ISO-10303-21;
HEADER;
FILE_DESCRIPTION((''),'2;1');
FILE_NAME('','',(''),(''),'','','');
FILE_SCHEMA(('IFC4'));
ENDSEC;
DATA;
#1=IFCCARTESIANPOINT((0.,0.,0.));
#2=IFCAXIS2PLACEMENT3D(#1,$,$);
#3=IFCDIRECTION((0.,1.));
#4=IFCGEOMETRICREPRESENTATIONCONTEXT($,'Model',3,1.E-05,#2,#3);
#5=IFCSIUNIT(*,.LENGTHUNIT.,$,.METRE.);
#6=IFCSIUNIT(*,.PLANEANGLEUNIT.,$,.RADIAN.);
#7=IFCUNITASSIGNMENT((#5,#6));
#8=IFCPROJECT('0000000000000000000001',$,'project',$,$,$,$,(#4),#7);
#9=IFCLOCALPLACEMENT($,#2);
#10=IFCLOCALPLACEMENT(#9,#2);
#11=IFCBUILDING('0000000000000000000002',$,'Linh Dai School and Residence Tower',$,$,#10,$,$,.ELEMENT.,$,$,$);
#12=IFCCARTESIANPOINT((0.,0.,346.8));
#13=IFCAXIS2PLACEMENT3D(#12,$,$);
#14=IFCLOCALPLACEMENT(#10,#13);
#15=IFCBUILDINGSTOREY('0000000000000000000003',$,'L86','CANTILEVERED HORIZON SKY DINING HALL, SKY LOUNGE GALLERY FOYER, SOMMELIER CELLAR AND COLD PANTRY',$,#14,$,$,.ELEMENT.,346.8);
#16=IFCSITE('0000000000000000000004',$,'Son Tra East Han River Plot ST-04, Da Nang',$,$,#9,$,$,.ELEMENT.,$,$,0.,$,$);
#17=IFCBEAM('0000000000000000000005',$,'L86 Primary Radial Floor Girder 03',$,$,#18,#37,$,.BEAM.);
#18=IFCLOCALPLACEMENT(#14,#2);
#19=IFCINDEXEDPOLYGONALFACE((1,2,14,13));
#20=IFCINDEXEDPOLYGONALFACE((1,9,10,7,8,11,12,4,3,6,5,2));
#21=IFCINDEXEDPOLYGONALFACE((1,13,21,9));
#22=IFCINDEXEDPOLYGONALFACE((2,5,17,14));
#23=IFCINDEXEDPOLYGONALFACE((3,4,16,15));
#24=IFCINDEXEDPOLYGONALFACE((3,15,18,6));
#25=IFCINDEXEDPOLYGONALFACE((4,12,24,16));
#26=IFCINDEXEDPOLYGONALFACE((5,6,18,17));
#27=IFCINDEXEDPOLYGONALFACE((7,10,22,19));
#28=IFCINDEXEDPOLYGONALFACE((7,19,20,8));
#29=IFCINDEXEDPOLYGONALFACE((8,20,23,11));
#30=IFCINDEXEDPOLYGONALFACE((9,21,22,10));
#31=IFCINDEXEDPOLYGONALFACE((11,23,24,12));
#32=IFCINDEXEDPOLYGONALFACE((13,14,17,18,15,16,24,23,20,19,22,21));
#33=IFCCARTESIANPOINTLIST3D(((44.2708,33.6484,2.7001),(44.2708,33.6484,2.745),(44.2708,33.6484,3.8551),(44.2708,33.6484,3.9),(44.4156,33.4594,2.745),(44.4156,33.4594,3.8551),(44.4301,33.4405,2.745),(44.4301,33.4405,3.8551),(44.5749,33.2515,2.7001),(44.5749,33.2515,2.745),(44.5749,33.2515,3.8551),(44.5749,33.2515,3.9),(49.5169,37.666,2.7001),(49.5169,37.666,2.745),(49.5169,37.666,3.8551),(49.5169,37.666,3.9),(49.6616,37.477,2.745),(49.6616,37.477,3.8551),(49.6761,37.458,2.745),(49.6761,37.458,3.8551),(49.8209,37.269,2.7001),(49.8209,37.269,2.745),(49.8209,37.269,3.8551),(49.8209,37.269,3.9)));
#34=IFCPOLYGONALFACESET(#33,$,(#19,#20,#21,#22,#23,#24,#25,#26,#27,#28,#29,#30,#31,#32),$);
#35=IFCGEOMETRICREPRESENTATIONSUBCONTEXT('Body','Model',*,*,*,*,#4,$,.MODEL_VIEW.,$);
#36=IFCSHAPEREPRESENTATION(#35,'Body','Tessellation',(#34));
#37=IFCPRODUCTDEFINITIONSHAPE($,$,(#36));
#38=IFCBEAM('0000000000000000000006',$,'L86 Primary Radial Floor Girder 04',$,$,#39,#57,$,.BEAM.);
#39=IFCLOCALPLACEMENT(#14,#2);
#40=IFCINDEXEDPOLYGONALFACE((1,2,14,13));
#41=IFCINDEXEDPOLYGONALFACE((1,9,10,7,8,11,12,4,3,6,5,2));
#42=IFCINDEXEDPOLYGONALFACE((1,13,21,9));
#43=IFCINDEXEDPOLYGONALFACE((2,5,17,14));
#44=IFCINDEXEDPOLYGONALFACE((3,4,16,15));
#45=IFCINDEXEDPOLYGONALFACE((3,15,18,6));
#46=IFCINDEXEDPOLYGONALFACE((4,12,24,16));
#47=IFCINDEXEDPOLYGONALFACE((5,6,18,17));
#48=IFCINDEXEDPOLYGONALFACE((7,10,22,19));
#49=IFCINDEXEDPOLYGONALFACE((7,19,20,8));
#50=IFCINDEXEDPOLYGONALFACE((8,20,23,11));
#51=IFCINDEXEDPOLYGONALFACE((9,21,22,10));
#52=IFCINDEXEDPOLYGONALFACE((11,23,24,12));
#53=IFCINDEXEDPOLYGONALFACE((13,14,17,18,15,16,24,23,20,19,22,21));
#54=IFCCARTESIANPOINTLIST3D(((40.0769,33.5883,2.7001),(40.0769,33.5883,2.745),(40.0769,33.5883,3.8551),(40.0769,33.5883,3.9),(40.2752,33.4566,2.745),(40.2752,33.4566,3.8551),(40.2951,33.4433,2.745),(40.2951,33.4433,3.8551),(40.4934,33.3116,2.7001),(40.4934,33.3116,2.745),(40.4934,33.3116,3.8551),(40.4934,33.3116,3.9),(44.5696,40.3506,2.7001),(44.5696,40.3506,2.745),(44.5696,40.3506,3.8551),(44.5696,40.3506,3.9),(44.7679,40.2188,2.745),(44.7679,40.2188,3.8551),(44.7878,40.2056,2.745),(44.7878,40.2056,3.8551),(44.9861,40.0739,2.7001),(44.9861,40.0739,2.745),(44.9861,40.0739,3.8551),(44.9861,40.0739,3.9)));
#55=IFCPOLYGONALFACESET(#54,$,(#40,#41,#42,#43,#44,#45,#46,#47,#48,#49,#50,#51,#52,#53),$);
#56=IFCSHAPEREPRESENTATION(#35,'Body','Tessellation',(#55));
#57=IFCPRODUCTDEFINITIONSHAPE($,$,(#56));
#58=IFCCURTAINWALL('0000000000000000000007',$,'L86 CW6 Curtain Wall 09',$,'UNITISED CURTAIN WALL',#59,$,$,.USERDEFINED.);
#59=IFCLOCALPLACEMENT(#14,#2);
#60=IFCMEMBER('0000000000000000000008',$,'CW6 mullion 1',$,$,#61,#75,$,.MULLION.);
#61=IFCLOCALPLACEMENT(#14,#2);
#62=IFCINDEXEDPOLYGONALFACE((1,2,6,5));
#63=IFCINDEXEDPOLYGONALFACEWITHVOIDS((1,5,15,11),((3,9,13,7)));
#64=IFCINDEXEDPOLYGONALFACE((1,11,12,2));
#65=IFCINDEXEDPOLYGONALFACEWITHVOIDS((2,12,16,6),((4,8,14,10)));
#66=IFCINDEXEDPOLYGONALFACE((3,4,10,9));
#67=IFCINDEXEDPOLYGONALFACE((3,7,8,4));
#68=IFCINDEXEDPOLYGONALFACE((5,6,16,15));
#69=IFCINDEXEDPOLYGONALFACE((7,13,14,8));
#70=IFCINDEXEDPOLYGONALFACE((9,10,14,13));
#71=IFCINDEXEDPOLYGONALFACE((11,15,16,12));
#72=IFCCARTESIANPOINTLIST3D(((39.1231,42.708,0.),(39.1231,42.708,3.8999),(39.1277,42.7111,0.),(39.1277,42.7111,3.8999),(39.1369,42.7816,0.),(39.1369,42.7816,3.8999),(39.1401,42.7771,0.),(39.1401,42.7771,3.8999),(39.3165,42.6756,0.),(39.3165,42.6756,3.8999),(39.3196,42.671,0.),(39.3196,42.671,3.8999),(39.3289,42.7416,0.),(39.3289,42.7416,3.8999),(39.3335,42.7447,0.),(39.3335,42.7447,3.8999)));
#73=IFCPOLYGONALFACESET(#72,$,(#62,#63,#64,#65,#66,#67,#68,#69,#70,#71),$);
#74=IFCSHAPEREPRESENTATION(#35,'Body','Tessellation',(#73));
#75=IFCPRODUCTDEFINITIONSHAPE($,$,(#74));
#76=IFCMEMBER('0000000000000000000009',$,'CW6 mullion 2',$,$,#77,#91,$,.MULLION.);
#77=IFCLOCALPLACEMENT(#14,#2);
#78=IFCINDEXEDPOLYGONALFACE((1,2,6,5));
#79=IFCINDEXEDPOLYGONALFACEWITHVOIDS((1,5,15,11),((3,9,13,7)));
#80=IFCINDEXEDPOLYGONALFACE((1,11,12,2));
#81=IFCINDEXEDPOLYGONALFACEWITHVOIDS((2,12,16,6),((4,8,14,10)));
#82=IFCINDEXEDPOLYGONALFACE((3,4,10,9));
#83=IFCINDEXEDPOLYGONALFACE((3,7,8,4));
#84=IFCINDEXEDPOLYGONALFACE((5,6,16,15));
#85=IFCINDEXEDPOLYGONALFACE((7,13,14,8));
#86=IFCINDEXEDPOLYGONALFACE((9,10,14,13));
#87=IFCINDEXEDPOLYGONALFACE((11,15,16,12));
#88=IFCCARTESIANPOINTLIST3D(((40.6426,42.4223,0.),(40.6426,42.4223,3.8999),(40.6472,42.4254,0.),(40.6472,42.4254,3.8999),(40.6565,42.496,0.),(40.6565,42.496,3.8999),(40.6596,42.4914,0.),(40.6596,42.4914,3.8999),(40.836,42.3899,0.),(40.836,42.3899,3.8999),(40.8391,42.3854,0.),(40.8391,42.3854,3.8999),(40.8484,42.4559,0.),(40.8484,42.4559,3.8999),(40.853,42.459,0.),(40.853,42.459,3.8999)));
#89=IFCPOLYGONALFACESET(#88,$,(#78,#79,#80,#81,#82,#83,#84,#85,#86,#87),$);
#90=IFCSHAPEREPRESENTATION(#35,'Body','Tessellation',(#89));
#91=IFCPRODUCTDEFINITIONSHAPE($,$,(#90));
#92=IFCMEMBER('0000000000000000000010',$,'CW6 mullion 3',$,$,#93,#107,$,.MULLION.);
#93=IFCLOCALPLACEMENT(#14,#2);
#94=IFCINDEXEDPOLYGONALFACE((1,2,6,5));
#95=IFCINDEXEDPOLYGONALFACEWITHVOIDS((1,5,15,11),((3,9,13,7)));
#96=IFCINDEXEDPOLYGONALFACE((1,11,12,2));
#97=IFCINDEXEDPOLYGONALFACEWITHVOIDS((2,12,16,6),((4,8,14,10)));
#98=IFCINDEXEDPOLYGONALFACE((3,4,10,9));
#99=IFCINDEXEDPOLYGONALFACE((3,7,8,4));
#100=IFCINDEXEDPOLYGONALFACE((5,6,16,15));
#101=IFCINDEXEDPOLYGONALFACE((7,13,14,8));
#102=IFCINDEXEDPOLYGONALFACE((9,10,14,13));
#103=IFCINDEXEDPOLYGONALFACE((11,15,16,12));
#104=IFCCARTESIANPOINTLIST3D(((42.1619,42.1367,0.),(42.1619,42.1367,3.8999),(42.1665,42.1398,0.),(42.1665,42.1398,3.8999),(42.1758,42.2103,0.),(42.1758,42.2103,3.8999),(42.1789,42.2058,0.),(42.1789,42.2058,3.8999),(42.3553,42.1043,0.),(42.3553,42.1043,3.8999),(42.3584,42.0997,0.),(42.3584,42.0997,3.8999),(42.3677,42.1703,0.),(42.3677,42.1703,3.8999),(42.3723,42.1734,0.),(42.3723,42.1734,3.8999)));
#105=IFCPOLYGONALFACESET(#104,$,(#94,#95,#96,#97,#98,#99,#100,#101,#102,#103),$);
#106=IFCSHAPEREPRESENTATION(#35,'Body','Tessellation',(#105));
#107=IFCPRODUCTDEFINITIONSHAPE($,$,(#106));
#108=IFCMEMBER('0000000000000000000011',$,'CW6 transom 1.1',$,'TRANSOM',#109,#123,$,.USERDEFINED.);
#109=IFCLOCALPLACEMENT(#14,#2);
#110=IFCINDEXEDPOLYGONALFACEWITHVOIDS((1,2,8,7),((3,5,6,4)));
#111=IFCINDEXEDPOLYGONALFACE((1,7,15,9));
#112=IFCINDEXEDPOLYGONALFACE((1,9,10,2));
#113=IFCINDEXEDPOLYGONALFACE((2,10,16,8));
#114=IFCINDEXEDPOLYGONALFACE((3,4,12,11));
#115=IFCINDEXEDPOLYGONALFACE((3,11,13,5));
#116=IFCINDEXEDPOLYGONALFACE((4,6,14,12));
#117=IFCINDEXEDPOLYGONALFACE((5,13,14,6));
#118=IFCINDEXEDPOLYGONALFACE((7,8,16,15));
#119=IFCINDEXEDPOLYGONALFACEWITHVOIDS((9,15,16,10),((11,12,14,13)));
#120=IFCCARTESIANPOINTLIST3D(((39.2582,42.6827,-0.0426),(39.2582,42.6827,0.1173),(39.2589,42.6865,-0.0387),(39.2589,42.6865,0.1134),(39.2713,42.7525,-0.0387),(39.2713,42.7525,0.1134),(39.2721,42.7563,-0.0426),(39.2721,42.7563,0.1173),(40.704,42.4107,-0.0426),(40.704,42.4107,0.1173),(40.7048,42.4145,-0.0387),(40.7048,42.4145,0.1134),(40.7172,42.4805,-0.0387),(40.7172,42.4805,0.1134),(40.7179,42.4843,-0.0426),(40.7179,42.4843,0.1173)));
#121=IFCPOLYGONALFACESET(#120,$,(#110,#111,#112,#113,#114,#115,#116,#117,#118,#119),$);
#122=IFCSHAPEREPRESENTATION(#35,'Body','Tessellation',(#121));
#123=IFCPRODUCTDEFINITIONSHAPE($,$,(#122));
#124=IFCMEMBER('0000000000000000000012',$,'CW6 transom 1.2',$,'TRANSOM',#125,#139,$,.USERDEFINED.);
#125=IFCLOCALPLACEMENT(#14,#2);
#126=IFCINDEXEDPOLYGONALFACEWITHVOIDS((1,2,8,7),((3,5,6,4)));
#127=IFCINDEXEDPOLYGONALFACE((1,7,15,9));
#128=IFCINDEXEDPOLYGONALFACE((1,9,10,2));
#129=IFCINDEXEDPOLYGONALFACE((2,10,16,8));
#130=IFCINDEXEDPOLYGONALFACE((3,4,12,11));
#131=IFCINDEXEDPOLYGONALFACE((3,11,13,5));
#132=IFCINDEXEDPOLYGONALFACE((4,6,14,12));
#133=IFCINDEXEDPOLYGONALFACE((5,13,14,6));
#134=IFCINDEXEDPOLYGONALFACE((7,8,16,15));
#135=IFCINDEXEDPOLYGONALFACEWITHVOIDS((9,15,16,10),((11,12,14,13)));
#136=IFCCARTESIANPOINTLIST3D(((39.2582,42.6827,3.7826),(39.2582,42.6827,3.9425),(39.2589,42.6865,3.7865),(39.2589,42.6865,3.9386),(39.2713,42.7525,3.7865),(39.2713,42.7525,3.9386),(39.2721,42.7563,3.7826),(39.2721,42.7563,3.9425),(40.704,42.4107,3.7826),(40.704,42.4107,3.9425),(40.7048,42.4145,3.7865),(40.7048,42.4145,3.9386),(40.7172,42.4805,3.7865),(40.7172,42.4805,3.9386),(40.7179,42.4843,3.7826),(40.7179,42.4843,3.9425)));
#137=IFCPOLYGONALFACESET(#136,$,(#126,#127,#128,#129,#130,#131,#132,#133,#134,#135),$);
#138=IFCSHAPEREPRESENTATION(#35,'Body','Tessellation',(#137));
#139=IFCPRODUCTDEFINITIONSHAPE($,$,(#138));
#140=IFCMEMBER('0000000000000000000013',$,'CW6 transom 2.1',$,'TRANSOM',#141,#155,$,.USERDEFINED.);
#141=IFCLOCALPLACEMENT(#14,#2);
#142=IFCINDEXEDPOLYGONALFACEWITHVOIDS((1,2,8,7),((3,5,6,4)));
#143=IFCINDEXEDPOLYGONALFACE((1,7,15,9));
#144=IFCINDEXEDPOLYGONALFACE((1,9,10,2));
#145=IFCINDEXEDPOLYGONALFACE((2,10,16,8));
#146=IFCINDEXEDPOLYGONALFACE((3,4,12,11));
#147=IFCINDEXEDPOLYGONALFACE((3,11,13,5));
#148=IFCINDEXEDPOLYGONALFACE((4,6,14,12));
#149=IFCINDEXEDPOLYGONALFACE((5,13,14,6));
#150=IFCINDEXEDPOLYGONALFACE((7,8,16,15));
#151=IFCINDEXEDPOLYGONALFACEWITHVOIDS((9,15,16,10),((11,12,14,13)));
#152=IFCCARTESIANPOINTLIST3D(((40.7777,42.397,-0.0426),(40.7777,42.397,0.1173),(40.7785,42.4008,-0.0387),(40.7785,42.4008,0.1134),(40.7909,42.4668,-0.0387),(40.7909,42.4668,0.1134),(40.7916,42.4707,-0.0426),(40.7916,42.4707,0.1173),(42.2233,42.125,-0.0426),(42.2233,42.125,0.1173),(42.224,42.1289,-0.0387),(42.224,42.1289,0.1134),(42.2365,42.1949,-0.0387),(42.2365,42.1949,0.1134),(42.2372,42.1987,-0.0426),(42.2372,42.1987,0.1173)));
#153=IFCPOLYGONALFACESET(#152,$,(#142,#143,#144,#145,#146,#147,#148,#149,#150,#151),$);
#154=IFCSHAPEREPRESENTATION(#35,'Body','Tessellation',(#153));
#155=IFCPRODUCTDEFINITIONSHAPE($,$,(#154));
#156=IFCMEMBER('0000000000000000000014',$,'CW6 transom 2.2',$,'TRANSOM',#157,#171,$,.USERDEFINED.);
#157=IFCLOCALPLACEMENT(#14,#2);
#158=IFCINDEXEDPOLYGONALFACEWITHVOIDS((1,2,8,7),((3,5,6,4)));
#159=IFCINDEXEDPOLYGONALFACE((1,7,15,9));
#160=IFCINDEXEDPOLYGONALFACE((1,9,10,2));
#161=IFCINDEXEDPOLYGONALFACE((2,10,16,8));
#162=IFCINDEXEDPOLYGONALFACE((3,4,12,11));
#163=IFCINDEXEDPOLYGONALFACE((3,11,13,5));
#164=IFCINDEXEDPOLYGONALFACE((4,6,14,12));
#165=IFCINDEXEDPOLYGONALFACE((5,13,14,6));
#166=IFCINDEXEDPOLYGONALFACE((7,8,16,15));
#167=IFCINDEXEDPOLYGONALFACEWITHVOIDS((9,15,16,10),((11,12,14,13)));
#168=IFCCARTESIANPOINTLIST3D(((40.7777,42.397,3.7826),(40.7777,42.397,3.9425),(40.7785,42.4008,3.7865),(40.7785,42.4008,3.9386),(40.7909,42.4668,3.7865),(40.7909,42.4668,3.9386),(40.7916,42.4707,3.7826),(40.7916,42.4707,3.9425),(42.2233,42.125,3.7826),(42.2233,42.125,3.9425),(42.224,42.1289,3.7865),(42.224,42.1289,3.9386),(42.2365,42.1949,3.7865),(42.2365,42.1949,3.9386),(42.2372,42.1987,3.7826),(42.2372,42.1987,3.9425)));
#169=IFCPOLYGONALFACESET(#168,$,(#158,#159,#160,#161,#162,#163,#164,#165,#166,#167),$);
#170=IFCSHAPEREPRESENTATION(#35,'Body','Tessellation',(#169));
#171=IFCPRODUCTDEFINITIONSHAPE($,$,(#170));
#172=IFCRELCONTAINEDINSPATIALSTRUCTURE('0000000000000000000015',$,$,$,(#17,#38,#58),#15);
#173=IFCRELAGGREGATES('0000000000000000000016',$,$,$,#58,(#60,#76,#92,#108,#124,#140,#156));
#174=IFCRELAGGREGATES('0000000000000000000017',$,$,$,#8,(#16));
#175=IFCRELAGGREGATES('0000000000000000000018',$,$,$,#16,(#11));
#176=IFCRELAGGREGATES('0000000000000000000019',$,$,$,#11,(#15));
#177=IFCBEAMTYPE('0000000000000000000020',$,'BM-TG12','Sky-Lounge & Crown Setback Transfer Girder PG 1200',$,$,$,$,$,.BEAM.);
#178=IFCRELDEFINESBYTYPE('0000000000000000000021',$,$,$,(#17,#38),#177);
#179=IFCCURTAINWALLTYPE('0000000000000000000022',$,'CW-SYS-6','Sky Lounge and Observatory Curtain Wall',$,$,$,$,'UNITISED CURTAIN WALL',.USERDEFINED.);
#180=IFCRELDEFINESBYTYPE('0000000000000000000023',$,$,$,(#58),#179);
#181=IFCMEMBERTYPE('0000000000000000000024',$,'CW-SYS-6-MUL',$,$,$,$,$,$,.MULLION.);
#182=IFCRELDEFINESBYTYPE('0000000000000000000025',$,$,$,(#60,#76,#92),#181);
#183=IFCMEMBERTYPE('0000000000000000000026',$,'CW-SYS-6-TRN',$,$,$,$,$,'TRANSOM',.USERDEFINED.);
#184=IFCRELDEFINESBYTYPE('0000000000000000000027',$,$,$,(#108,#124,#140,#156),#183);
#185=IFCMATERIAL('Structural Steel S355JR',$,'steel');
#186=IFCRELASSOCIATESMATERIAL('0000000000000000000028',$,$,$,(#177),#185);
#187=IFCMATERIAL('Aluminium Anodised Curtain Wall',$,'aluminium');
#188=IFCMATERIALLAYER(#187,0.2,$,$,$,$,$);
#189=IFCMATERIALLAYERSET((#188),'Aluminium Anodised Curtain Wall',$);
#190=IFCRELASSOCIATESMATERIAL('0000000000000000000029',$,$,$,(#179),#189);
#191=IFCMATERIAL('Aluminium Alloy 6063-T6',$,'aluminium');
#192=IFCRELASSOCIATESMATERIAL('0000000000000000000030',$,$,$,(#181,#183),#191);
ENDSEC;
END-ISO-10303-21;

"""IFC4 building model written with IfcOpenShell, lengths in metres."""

from ifc_helpers import new_model, si_unit, direction, frame, origin, origin_2d, place, context, subcontext, project, spatial, hollow_rectangle, i_section, extrude, source, transform, mapped, material, layer, layer_set, material_profile, profile_set, type_object, element, aggregate, save


model = new_model("IFC4")

# Units and contexts
model_context = context("Model", 3, precision=1e-05, world=origin(), true_north=direction((0.0, 1.0)))
body_context = subcontext(model_context, "Body", "Model", "MODEL_VIEW")
ifc_project = project(units=[si_unit("LENGTHUNIT", "METRE"), si_unit("PLANEANGLEUNIT", "RADIAN")], contexts=[model_context])

# Site, building, storey
site_placement = place(None, origin())
site = spatial("IfcSite", under=ifc_project, at=site_placement, Name="Son Tra East Han River Plot ST-04, Da Nang", CompositionType="ELEMENT", RefElevation=0.0)
building_placement = place(site_placement, origin())
building = spatial("IfcBuilding", under=site, at=building_placement, Name="Linh Dai School and Residence Tower", CompositionType="ELEMENT")
storey_placement = place(building_placement, frame((0.0, 0.0, 346.8)))
storey = spatial("IfcBuildingStorey", under=building, at=storey_placement, Name="L86", Description="CANTILEVERED HORIZON SKY DINING HALL, SKY LOUNGE GALLERY FOYER, SOMMELIER CELLAR AND COLD PANTRY", CompositionType="ELEMENT", Elevation=346.8)

# Shared definitions
ifc_material_1 = material(Name="Structural Steel S355JR", Category="steel")

# Beams
ifc_material_profile_1 = material_profile(ifc_material_1, i_section(OverallWidth=0.5, OverallDepth=1.2, WebThickness=0.0239, FlangeThickness=0.0449, at=origin_2d()), Name="PG 1200x500x24x45")
ifc_profile_set_1 = profile_set([ifc_material_profile_1], Name="Structural Steel S355JR")
beam_type_1 = type_object("IfcBeamType", Name="BM-TG12", Description="Sky-Lounge & Crown Setback Transfer Girder PG 1200", PredefinedType="BEAM", material=ifc_profile_set_1)
beam_1_placement = place(storey_placement, frame((44.4229, 33.45, 3.3), z_axis=(0.79393, 0.608009, 0.0), x_axis=(-0.608009, 0.79393, 0.0)))
element("IfcBeam", 1, at=beam_1_placement, inside=storey, type_object=beam_type_1, Name="L86 Primary Radial Floor Girder 03", PredefinedType="BEAM", context=body_context, shape_type="SweptSolid", body=[
    extrude(i_section(OverallWidth=0.5, OverallDepth=1.2, WebThickness=0.0239, FlangeThickness=0.0449, at=origin_2d()), origin(), (0.0, 0.0, 1.0), 6.6077),
])
beam_2_placement = place(storey_placement, frame((40.2852, 33.45, 3.3), z_axis=(0.553381, 0.832928, 0.0), x_axis=(-0.832928, 0.553381, 0.0)))
element("IfcBeam", 2, at=beam_2_placement, inside=storey, type_object=beam_type_1, Name="L86 Primary Radial Floor Girder 04", PredefinedType="BEAM", context=body_context, shape_type="SweptSolid", body=[
    extrude(i_section(OverallWidth=0.5, OverallDepth=1.2, WebThickness=0.0239, FlangeThickness=0.0449, at=origin_2d()), origin(), (0.0, 0.0, 1.0), 8.1187),
])

# Curtain wall, members
ifc_material_2 = material(Name="Aluminium Anodised Curtain Wall", Category="aluminium")
ifc_layer_1 = layer(ifc_material_2, 0.2)
ifc_layer_set_1 = layer_set([ifc_layer_1], Name="Aluminium Anodised Curtain Wall")
curtain_wall_type = type_object("IfcCurtainWallType", Name="CW-SYS-6", Description="Sky Lounge and Observatory Curtain Wall", ElementType="UNITISED CURTAIN WALL", PredefinedType="USERDEFINED", material=ifc_layer_set_1)
curtain_wall_placement = place(storey_placement, origin())
curtain_wall = element("IfcCurtainWall", 3, at=curtain_wall_placement, inside=storey, type_object=curtain_wall_type, Name="L86 CW6 Curtain Wall 09", ObjectType="UNITISED CURTAIN WALL", PredefinedType="USERDEFINED")
ifc_material_3 = material(Name="Aluminium Alloy 6063-T6", Category="aluminium")
ifc_material_profile_2 = material_profile(ifc_material_3, hollow_rectangle(XDim=0.075, YDim=0.2, WallThickness=0.0039, at=origin_2d()), Name="RHS 200x75x4")
ifc_profile_set_2 = profile_set([ifc_material_profile_2], Name="Aluminium Alloy 6063-T6")
member_type_1 = type_object("IfcMemberType", Name="CW-SYS-6-MUL", PredefinedType="MULLION", material=ifc_profile_set_2)
shared_shape_1 = source(origin(), body_context, "Body", "SweptSolid", [
    extrude(hollow_rectangle(XDim=0.075, YDim=0.2, WallThickness=0.0039, at=origin_2d()), origin(), (0.0, 0.0, 1.0), 3.8999),
])
member_1_placement = place(storey_placement, frame((39.2283, 42.7263, 0.0), z_axis=(0.0, 0.0, 1.0), x_axis=(0.184785, 0.982779, 0.0)))
member_1 = element("IfcMember", 4, at=member_1_placement, type_object=member_type_1, Name="CW6 mullion 1", PredefinedType="MULLION", context=body_context, shape_type="MappedRepresentation", body=[
    mapped(shared_shape_1, transform((0.0, 0.0, 0.0), x_axis=(1.0, 0.0, 0.0), y_axis=(0.0, 1.0, 0.0), z_axis=(0.0, 0.0, 1.0), scale=1.0)),
])
member_2_placement = place(storey_placement, frame((40.7478, 42.4407, 0.0), z_axis=(0.0, 0.0, 1.0), x_axis=(0.184785, 0.982779, 0.0)))
member_2 = element("IfcMember", 5, at=member_2_placement, type_object=member_type_1, Name="CW6 mullion 2", PredefinedType="MULLION", context=body_context, shape_type="MappedRepresentation", body=[
    mapped(shared_shape_1, transform((0.0, 0.0, 0.0), x_axis=(1.0, 0.0, 0.0), y_axis=(0.0, 1.0, 0.0), z_axis=(0.0, 0.0, 1.0), scale=1.0)),
])
member_3_placement = place(storey_placement, frame((42.2671, 42.155, 0.0), z_axis=(0.0, 0.0, 1.0), x_axis=(0.184785, 0.982779, 0.0)))
member_3 = element("IfcMember", 6, at=member_3_placement, type_object=member_type_1, Name="CW6 mullion 3", PredefinedType="MULLION", context=body_context, shape_type="MappedRepresentation", body=[
    mapped(shared_shape_1, transform((0.0, 0.0, 0.0), x_axis=(1.0, 0.0, 0.0), y_axis=(0.0, 1.0, 0.0), z_axis=(0.0, 0.0, 1.0), scale=1.0)),
])
ifc_material_profile_3 = material_profile(ifc_material_3, hollow_rectangle(XDim=0.075, YDim=0.1599, WallThickness=0.0039, at=origin_2d()), Name="RHS 160x75x4")
ifc_profile_set_3 = profile_set([ifc_material_profile_3], Name="Aluminium Alloy 6063-T6")
member_type_2 = type_object("IfcMemberType", Name="CW-SYS-6-TRN", ElementType="TRANSOM", PredefinedType="USERDEFINED", material=ifc_profile_set_3)
shared_shape_2 = source(origin(), body_context, "Body", "SweptSolid", [
    extrude(hollow_rectangle(XDim=0.075, YDim=0.1599, WallThickness=0.0039, at=origin_2d()), origin(), (0.0, 0.0, 1.0), 1.4712),
])
member_4_placement = place(storey_placement, frame((39.2651, 42.7195, 0.0374), z_axis=(0.982763, -0.18487, 0.0), x_axis=(0.18487, 0.982763, 0.0)))
member_4 = element("IfcMember", 7, at=member_4_placement, type_object=member_type_2, Name="CW6 transom 1.1", ObjectType="TRANSOM", PredefinedType="USERDEFINED", context=body_context, shape_type="MappedRepresentation", body=[
    mapped(shared_shape_2, transform((0.0, 0.0, 0.0), x_axis=(1.0, 0.0, 0.0), y_axis=(0.0, 1.0, 0.0), z_axis=(0.0, 0.0, 1.0), scale=1.0)),
])
member_5_placement = place(storey_placement, frame((39.2651, 42.7195, 3.8625), z_axis=(0.982763, -0.18487, 0.0), x_axis=(0.18487, 0.982763, 0.0)))
member_5 = element("IfcMember", 8, at=member_5_placement, type_object=member_type_2, Name="CW6 transom 1.2", ObjectType="TRANSOM", PredefinedType="USERDEFINED", context=body_context, shape_type="MappedRepresentation", body=[
    mapped(shared_shape_2, transform((0.0, 0.0, 0.0), x_axis=(1.0, 0.0, 0.0), y_axis=(0.0, 1.0, 0.0), z_axis=(0.0, 0.0, 1.0), scale=1.0)),
])
shared_shape_3 = source(origin(), body_context, "Body", "SweptSolid", [
    extrude(hollow_rectangle(XDim=0.075, YDim=0.1599, WallThickness=0.0039, at=origin_2d()), origin(), (0.0, 0.0, 1.0), 1.4709),
])
member_6_placement = place(storey_placement, frame((40.7847, 42.4338, 0.0374), z_axis=(0.982757, -0.1849, 0.0), x_axis=(0.1849, 0.982757, 0.0)))
member_6 = element("IfcMember", 9, at=member_6_placement, type_object=member_type_2, Name="CW6 transom 2.1", ObjectType="TRANSOM", PredefinedType="USERDEFINED", context=body_context, shape_type="MappedRepresentation", body=[
    mapped(shared_shape_3, transform((0.0, 0.0, 0.0), x_axis=(1.0, 0.0, 0.0), y_axis=(0.0, 1.0, 0.0), z_axis=(0.0, 0.0, 1.0), scale=1.0)),
])
member_7_placement = place(storey_placement, frame((40.7847, 42.4338, 3.8625), z_axis=(0.982757, -0.1849, 0.0), x_axis=(0.1849, 0.982757, 0.0)))
member_7 = element("IfcMember", 10, at=member_7_placement, type_object=member_type_2, Name="CW6 transom 2.2", ObjectType="TRANSOM", PredefinedType="USERDEFINED", context=body_context, shape_type="MappedRepresentation", body=[
    mapped(shared_shape_3, transform((0.0, 0.0, 0.0), x_axis=(1.0, 0.0, 0.0), y_axis=(0.0, 1.0, 0.0), z_axis=(0.0, 0.0, 1.0), scale=1.0)),
])

aggregate(curtain_wall, [member_1, member_2, member_3, member_4, member_5, member_6, member_7])

save(model, "model.ifc")
